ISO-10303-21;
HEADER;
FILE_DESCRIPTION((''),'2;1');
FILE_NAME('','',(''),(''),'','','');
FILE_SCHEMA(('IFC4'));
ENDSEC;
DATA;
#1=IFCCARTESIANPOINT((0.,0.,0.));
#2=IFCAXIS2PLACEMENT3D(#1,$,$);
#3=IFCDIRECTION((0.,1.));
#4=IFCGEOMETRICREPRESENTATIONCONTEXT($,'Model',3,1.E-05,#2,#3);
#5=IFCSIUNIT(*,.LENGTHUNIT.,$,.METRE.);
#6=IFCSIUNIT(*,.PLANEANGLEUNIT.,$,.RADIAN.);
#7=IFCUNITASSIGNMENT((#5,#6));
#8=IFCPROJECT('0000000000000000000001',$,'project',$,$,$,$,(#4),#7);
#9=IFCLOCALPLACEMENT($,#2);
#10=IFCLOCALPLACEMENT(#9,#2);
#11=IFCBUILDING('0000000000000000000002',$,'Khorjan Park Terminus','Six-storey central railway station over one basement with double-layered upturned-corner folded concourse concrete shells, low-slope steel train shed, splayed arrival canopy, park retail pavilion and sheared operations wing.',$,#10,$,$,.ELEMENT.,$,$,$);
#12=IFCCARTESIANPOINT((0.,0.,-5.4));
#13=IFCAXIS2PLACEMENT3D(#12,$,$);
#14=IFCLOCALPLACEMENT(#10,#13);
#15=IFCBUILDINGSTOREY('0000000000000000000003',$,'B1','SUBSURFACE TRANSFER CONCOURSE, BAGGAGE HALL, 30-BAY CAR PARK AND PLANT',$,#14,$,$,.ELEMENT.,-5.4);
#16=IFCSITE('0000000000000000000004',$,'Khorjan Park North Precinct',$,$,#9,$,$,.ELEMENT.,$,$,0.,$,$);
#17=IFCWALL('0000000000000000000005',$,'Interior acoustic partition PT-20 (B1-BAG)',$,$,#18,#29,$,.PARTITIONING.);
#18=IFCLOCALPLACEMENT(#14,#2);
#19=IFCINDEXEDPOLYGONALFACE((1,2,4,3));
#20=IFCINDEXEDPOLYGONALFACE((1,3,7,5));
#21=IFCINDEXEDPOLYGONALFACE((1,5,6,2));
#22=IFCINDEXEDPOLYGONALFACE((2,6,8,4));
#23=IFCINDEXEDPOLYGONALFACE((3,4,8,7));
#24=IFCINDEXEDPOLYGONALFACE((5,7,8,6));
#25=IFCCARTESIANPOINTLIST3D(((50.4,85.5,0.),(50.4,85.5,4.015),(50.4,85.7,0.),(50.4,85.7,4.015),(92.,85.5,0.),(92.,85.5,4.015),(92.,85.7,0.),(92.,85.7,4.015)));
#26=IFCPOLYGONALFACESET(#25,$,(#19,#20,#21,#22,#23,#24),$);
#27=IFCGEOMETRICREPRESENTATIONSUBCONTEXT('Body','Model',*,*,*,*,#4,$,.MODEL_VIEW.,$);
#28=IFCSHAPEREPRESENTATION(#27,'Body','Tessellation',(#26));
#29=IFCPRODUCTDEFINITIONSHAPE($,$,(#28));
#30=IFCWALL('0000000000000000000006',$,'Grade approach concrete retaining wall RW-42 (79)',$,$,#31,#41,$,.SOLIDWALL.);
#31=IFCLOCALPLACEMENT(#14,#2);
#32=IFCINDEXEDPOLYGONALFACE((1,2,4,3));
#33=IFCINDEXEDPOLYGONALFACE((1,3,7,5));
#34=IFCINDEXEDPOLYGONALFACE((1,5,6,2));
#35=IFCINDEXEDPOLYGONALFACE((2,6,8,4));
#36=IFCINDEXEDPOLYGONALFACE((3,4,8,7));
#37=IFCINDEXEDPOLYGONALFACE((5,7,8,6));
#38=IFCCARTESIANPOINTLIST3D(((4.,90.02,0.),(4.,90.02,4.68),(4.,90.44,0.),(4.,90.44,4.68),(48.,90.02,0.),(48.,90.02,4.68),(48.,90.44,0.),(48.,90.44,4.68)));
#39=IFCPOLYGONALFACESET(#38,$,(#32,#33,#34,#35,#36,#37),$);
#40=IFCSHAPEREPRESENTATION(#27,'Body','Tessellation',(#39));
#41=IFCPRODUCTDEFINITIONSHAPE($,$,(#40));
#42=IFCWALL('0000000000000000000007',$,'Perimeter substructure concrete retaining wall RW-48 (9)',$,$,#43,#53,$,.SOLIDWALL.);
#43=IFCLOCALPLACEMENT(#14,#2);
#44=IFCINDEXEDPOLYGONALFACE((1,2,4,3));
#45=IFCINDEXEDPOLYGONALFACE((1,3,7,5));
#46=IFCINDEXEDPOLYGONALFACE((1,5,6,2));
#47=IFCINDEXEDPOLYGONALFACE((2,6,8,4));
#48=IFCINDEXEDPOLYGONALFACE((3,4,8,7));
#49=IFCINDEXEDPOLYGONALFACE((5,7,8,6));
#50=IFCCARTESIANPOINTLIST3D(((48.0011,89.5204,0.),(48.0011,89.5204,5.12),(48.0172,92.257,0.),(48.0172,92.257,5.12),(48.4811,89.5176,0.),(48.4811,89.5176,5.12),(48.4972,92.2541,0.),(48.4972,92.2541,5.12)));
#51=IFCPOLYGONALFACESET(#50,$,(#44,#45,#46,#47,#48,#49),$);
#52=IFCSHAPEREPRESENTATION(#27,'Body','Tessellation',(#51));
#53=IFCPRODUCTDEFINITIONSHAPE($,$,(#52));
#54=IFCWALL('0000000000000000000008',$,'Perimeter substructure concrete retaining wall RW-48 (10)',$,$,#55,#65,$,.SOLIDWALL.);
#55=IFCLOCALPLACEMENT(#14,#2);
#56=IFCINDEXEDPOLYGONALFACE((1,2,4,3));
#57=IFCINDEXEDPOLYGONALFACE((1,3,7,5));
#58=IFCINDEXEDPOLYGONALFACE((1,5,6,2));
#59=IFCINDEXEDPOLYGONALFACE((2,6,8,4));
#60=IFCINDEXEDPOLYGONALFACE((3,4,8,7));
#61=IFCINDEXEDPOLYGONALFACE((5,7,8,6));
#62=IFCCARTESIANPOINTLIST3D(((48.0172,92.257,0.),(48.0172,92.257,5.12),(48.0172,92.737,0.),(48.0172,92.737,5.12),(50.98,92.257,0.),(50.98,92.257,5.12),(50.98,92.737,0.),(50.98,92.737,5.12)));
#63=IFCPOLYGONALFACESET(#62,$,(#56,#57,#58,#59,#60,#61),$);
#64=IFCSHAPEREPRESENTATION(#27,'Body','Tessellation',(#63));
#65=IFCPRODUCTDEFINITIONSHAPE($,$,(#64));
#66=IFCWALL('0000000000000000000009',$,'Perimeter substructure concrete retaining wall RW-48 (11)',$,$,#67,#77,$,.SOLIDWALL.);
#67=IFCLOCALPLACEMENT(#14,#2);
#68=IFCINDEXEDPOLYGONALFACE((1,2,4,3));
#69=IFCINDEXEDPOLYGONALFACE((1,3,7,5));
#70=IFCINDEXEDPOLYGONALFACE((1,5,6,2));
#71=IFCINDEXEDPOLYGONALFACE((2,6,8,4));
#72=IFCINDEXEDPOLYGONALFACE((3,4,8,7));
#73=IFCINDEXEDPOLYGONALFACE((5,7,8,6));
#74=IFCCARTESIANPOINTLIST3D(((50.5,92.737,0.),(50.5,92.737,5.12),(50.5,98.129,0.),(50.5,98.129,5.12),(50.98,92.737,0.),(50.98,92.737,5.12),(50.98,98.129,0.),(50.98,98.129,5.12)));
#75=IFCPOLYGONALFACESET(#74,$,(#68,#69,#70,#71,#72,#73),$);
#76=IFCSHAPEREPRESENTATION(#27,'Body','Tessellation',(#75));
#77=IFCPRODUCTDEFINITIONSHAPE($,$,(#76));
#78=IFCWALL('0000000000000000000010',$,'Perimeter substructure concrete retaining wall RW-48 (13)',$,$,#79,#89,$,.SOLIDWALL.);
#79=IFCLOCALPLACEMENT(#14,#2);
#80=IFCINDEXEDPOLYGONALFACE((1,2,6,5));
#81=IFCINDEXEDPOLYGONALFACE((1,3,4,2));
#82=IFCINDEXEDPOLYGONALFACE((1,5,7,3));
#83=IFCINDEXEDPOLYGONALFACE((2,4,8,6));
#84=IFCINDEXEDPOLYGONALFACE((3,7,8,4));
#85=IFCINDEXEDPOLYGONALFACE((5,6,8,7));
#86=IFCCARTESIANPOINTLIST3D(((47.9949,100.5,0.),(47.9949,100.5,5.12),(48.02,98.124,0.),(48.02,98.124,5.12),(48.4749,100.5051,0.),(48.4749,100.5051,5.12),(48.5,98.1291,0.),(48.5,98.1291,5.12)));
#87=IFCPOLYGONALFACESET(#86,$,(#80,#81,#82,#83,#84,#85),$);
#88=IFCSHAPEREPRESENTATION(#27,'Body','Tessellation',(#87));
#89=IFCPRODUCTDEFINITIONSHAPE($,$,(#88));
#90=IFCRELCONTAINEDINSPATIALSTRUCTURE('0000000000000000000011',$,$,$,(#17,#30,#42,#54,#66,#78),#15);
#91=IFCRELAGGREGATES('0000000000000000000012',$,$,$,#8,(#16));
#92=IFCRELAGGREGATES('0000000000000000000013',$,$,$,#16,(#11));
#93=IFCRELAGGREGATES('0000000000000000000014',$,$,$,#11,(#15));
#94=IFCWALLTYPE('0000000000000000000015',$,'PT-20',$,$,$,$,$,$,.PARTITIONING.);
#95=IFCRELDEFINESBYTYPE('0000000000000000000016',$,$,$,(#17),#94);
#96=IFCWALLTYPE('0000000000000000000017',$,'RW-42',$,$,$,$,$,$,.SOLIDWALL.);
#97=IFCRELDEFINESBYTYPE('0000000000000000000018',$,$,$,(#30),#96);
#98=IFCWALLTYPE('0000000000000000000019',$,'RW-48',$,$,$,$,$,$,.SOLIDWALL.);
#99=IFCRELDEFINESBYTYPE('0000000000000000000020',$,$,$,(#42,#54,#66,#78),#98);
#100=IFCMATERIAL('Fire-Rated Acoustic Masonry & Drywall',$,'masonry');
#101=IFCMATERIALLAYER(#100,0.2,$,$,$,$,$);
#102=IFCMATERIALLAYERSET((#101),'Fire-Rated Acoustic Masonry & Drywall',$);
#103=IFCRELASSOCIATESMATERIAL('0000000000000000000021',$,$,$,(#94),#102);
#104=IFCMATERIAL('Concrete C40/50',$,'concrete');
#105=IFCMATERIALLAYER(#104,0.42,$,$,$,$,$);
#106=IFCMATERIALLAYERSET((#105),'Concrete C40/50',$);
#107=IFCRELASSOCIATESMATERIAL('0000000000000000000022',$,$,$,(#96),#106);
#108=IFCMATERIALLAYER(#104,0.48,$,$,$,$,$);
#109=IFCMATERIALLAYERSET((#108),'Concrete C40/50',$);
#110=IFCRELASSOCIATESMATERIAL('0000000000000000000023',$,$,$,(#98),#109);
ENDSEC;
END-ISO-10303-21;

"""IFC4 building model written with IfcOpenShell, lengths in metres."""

from ifc_helpers import new_model, si_unit, direction, frame, frame_2d, origin, place, context, subcontext, project, spatial, rectangle, extrude, material, layer, layer_set, type_object, element, save


model = new_model("IFC4")

# Units and contexts
model_context = context("Model", 3, precision=1e-05, world=origin(), true_north=direction((0.0, 1.0)))
body_context = subcontext(model_context, "Body", "Model", "MODEL_VIEW")
ifc_project = project(units=[si_unit("LENGTHUNIT", "METRE"), si_unit("PLANEANGLEUNIT", "RADIAN")], contexts=[model_context])

# Site, building, storey
site_placement = place(None, origin())
site = spatial("IfcSite", under=ifc_project, at=site_placement, Name="Khorjan Park North Precinct", CompositionType="ELEMENT", RefElevation=0.0)
building_placement = place(site_placement, origin())
building = spatial("IfcBuilding", under=site, at=building_placement, Name="Khorjan Park Terminus", Description="Six-storey central railway station over one basement with double-layered upturned-corner folded concourse concrete shells, low-slope steel train shed, splayed arrival canopy, park retail pavilion and sheared operations wing.", CompositionType="ELEMENT")
storey_placement = place(building_placement, frame((0.0, 0.0, -5.4)))
storey = spatial("IfcBuildingStorey", under=building, at=storey_placement, Name="B1", Description="SUBSURFACE TRANSFER CONCOURSE, BAGGAGE HALL, 30-BAY CAR PARK AND PLANT", CompositionType="ELEMENT", Elevation=-5.4)

# Shared definitions
ifc_material_1 = material(Name="Concrete C40/50", Category="concrete")

# Walls
ifc_material_2 = material(Name="Fire-Rated Acoustic Masonry & Drywall", Category="masonry")
ifc_layer_1 = layer(ifc_material_2, 0.2)
ifc_layer_set_1 = layer_set([ifc_layer_1], Name="Fire-Rated Acoustic Masonry & Drywall")
wall_type_1 = type_object("IfcWallType", Name="PT-20", PredefinedType="PARTITIONING", material=ifc_layer_set_1)
wall_1_placement = place(storey_placement, frame((50.4, 85.6, 0.0), z_axis=(0.0, 0.0, 1.0), x_axis=(1.0, 0.0, 0.0)))
element("IfcWall", 1, at=wall_1_placement, inside=storey, type_object=wall_type_1, Name="Interior acoustic partition PT-20 (B1-BAG)", PredefinedType="PARTITIONING", context=body_context, shape_type="SweptSolid", body=[
    extrude(rectangle(XDim=41.6, YDim=0.2, at=frame_2d((20.8, 0.0))), origin(), (0.0, 0.0, 1.0), 4.015),
])
ifc_layer_2 = layer(ifc_material_1, 0.42)
ifc_layer_set_2 = layer_set([ifc_layer_2], Name="Concrete C40/50")
wall_type_2 = type_object("IfcWallType", Name="RW-42", PredefinedType="SOLIDWALL", material=ifc_layer_set_2)
wall_2_placement = place(storey_placement, frame((48.0, 90.23, 0.0), z_axis=(0.0, 0.0, 1.0), x_axis=(-1.0, 0.0, 0.0)))
element("IfcWall", 2, at=wall_2_placement, inside=storey, type_object=wall_type_2, Name="Grade approach concrete retaining wall RW-42 (79)", PredefinedType="SOLIDWALL", context=body_context, shape_type="SweptSolid", body=[
    extrude(rectangle(XDim=44.0, YDim=0.42, at=frame_2d((22.0, 0.0))), origin(), (0.0, 0.0, 1.0), 4.68),
])
ifc_layer_3 = layer(ifc_material_1, 0.48)
ifc_layer_set_3 = layer_set([ifc_layer_3], Name="Concrete C40/50")
wall_type_3 = type_object("IfcWallType", Name="RW-48", PredefinedType="SOLIDWALL", material=ifc_layer_set_3)
wall_3_placement = place(storey_placement, frame((48.2411, 89.519, 0.0), z_axis=(0.0, 0.0, 1.0), x_axis=(0.005883, 0.999983, 0.0)))
element("IfcWall", 3, at=wall_3_placement, inside=storey, type_object=wall_type_3, Name="Perimeter substructure concrete retaining wall RW-48 (9)", PredefinedType="SOLIDWALL", context=body_context, shape_type="SweptSolid", body=[
    extrude(rectangle(XDim=2.7366, YDim=0.48, at=frame_2d((1.3683, 0.0))), origin(), (0.0, 0.0, 1.0), 5.12),
])
wall_4_placement = place(storey_placement, frame((48.0172, 92.497, 0.0), z_axis=(0.0, 0.0, 1.0), x_axis=(1.0, 0.0, 0.0)))
element("IfcWall", 4, at=wall_4_placement, inside=storey, type_object=wall_type_3, Name="Perimeter substructure concrete retaining wall RW-48 (10)", PredefinedType="SOLIDWALL", context=body_context, shape_type="SweptSolid", body=[
    extrude(rectangle(XDim=2.9628, YDim=0.48, at=frame_2d((1.4814, 0.0))), origin(), (0.0, 0.0, 1.0), 5.12),
])
wall_5_placement = place(storey_placement, frame((50.74, 92.737, 0.0), z_axis=(0.0, 0.0, 1.0), x_axis=(0.0, 1.0, 0.0)))
element("IfcWall", 5, at=wall_5_placement, inside=storey, type_object=wall_type_3, Name="Perimeter substructure concrete retaining wall RW-48 (11)", PredefinedType="SOLIDWALL", context=body_context, shape_type="SweptSolid", body=[
    extrude(rectangle(XDim=5.392, YDim=0.48, at=frame_2d((2.696, 0.0))), origin(), (0.0, 0.0, 1.0), 5.12),
])
wall_6_placement = place(storey_placement, frame((48.26, 98.1265, 0.0), z_axis=(0.0, 0.0, 1.0), x_axis=(-0.010563, 0.999944, 0.0)))
element("IfcWall", 6, at=wall_6_placement, inside=storey, type_object=wall_type_3, Name="Perimeter substructure concrete retaining wall RW-48 (13)", PredefinedType="SOLIDWALL", context=body_context, shape_type="SweptSolid", body=[
    extrude(rectangle(XDim=2.3761, YDim=0.48, at=frame_2d((1.1881, 0.0))), origin(), (0.0, 0.0, 1.0), 5.12),
])

save(model, "model.ifc")
